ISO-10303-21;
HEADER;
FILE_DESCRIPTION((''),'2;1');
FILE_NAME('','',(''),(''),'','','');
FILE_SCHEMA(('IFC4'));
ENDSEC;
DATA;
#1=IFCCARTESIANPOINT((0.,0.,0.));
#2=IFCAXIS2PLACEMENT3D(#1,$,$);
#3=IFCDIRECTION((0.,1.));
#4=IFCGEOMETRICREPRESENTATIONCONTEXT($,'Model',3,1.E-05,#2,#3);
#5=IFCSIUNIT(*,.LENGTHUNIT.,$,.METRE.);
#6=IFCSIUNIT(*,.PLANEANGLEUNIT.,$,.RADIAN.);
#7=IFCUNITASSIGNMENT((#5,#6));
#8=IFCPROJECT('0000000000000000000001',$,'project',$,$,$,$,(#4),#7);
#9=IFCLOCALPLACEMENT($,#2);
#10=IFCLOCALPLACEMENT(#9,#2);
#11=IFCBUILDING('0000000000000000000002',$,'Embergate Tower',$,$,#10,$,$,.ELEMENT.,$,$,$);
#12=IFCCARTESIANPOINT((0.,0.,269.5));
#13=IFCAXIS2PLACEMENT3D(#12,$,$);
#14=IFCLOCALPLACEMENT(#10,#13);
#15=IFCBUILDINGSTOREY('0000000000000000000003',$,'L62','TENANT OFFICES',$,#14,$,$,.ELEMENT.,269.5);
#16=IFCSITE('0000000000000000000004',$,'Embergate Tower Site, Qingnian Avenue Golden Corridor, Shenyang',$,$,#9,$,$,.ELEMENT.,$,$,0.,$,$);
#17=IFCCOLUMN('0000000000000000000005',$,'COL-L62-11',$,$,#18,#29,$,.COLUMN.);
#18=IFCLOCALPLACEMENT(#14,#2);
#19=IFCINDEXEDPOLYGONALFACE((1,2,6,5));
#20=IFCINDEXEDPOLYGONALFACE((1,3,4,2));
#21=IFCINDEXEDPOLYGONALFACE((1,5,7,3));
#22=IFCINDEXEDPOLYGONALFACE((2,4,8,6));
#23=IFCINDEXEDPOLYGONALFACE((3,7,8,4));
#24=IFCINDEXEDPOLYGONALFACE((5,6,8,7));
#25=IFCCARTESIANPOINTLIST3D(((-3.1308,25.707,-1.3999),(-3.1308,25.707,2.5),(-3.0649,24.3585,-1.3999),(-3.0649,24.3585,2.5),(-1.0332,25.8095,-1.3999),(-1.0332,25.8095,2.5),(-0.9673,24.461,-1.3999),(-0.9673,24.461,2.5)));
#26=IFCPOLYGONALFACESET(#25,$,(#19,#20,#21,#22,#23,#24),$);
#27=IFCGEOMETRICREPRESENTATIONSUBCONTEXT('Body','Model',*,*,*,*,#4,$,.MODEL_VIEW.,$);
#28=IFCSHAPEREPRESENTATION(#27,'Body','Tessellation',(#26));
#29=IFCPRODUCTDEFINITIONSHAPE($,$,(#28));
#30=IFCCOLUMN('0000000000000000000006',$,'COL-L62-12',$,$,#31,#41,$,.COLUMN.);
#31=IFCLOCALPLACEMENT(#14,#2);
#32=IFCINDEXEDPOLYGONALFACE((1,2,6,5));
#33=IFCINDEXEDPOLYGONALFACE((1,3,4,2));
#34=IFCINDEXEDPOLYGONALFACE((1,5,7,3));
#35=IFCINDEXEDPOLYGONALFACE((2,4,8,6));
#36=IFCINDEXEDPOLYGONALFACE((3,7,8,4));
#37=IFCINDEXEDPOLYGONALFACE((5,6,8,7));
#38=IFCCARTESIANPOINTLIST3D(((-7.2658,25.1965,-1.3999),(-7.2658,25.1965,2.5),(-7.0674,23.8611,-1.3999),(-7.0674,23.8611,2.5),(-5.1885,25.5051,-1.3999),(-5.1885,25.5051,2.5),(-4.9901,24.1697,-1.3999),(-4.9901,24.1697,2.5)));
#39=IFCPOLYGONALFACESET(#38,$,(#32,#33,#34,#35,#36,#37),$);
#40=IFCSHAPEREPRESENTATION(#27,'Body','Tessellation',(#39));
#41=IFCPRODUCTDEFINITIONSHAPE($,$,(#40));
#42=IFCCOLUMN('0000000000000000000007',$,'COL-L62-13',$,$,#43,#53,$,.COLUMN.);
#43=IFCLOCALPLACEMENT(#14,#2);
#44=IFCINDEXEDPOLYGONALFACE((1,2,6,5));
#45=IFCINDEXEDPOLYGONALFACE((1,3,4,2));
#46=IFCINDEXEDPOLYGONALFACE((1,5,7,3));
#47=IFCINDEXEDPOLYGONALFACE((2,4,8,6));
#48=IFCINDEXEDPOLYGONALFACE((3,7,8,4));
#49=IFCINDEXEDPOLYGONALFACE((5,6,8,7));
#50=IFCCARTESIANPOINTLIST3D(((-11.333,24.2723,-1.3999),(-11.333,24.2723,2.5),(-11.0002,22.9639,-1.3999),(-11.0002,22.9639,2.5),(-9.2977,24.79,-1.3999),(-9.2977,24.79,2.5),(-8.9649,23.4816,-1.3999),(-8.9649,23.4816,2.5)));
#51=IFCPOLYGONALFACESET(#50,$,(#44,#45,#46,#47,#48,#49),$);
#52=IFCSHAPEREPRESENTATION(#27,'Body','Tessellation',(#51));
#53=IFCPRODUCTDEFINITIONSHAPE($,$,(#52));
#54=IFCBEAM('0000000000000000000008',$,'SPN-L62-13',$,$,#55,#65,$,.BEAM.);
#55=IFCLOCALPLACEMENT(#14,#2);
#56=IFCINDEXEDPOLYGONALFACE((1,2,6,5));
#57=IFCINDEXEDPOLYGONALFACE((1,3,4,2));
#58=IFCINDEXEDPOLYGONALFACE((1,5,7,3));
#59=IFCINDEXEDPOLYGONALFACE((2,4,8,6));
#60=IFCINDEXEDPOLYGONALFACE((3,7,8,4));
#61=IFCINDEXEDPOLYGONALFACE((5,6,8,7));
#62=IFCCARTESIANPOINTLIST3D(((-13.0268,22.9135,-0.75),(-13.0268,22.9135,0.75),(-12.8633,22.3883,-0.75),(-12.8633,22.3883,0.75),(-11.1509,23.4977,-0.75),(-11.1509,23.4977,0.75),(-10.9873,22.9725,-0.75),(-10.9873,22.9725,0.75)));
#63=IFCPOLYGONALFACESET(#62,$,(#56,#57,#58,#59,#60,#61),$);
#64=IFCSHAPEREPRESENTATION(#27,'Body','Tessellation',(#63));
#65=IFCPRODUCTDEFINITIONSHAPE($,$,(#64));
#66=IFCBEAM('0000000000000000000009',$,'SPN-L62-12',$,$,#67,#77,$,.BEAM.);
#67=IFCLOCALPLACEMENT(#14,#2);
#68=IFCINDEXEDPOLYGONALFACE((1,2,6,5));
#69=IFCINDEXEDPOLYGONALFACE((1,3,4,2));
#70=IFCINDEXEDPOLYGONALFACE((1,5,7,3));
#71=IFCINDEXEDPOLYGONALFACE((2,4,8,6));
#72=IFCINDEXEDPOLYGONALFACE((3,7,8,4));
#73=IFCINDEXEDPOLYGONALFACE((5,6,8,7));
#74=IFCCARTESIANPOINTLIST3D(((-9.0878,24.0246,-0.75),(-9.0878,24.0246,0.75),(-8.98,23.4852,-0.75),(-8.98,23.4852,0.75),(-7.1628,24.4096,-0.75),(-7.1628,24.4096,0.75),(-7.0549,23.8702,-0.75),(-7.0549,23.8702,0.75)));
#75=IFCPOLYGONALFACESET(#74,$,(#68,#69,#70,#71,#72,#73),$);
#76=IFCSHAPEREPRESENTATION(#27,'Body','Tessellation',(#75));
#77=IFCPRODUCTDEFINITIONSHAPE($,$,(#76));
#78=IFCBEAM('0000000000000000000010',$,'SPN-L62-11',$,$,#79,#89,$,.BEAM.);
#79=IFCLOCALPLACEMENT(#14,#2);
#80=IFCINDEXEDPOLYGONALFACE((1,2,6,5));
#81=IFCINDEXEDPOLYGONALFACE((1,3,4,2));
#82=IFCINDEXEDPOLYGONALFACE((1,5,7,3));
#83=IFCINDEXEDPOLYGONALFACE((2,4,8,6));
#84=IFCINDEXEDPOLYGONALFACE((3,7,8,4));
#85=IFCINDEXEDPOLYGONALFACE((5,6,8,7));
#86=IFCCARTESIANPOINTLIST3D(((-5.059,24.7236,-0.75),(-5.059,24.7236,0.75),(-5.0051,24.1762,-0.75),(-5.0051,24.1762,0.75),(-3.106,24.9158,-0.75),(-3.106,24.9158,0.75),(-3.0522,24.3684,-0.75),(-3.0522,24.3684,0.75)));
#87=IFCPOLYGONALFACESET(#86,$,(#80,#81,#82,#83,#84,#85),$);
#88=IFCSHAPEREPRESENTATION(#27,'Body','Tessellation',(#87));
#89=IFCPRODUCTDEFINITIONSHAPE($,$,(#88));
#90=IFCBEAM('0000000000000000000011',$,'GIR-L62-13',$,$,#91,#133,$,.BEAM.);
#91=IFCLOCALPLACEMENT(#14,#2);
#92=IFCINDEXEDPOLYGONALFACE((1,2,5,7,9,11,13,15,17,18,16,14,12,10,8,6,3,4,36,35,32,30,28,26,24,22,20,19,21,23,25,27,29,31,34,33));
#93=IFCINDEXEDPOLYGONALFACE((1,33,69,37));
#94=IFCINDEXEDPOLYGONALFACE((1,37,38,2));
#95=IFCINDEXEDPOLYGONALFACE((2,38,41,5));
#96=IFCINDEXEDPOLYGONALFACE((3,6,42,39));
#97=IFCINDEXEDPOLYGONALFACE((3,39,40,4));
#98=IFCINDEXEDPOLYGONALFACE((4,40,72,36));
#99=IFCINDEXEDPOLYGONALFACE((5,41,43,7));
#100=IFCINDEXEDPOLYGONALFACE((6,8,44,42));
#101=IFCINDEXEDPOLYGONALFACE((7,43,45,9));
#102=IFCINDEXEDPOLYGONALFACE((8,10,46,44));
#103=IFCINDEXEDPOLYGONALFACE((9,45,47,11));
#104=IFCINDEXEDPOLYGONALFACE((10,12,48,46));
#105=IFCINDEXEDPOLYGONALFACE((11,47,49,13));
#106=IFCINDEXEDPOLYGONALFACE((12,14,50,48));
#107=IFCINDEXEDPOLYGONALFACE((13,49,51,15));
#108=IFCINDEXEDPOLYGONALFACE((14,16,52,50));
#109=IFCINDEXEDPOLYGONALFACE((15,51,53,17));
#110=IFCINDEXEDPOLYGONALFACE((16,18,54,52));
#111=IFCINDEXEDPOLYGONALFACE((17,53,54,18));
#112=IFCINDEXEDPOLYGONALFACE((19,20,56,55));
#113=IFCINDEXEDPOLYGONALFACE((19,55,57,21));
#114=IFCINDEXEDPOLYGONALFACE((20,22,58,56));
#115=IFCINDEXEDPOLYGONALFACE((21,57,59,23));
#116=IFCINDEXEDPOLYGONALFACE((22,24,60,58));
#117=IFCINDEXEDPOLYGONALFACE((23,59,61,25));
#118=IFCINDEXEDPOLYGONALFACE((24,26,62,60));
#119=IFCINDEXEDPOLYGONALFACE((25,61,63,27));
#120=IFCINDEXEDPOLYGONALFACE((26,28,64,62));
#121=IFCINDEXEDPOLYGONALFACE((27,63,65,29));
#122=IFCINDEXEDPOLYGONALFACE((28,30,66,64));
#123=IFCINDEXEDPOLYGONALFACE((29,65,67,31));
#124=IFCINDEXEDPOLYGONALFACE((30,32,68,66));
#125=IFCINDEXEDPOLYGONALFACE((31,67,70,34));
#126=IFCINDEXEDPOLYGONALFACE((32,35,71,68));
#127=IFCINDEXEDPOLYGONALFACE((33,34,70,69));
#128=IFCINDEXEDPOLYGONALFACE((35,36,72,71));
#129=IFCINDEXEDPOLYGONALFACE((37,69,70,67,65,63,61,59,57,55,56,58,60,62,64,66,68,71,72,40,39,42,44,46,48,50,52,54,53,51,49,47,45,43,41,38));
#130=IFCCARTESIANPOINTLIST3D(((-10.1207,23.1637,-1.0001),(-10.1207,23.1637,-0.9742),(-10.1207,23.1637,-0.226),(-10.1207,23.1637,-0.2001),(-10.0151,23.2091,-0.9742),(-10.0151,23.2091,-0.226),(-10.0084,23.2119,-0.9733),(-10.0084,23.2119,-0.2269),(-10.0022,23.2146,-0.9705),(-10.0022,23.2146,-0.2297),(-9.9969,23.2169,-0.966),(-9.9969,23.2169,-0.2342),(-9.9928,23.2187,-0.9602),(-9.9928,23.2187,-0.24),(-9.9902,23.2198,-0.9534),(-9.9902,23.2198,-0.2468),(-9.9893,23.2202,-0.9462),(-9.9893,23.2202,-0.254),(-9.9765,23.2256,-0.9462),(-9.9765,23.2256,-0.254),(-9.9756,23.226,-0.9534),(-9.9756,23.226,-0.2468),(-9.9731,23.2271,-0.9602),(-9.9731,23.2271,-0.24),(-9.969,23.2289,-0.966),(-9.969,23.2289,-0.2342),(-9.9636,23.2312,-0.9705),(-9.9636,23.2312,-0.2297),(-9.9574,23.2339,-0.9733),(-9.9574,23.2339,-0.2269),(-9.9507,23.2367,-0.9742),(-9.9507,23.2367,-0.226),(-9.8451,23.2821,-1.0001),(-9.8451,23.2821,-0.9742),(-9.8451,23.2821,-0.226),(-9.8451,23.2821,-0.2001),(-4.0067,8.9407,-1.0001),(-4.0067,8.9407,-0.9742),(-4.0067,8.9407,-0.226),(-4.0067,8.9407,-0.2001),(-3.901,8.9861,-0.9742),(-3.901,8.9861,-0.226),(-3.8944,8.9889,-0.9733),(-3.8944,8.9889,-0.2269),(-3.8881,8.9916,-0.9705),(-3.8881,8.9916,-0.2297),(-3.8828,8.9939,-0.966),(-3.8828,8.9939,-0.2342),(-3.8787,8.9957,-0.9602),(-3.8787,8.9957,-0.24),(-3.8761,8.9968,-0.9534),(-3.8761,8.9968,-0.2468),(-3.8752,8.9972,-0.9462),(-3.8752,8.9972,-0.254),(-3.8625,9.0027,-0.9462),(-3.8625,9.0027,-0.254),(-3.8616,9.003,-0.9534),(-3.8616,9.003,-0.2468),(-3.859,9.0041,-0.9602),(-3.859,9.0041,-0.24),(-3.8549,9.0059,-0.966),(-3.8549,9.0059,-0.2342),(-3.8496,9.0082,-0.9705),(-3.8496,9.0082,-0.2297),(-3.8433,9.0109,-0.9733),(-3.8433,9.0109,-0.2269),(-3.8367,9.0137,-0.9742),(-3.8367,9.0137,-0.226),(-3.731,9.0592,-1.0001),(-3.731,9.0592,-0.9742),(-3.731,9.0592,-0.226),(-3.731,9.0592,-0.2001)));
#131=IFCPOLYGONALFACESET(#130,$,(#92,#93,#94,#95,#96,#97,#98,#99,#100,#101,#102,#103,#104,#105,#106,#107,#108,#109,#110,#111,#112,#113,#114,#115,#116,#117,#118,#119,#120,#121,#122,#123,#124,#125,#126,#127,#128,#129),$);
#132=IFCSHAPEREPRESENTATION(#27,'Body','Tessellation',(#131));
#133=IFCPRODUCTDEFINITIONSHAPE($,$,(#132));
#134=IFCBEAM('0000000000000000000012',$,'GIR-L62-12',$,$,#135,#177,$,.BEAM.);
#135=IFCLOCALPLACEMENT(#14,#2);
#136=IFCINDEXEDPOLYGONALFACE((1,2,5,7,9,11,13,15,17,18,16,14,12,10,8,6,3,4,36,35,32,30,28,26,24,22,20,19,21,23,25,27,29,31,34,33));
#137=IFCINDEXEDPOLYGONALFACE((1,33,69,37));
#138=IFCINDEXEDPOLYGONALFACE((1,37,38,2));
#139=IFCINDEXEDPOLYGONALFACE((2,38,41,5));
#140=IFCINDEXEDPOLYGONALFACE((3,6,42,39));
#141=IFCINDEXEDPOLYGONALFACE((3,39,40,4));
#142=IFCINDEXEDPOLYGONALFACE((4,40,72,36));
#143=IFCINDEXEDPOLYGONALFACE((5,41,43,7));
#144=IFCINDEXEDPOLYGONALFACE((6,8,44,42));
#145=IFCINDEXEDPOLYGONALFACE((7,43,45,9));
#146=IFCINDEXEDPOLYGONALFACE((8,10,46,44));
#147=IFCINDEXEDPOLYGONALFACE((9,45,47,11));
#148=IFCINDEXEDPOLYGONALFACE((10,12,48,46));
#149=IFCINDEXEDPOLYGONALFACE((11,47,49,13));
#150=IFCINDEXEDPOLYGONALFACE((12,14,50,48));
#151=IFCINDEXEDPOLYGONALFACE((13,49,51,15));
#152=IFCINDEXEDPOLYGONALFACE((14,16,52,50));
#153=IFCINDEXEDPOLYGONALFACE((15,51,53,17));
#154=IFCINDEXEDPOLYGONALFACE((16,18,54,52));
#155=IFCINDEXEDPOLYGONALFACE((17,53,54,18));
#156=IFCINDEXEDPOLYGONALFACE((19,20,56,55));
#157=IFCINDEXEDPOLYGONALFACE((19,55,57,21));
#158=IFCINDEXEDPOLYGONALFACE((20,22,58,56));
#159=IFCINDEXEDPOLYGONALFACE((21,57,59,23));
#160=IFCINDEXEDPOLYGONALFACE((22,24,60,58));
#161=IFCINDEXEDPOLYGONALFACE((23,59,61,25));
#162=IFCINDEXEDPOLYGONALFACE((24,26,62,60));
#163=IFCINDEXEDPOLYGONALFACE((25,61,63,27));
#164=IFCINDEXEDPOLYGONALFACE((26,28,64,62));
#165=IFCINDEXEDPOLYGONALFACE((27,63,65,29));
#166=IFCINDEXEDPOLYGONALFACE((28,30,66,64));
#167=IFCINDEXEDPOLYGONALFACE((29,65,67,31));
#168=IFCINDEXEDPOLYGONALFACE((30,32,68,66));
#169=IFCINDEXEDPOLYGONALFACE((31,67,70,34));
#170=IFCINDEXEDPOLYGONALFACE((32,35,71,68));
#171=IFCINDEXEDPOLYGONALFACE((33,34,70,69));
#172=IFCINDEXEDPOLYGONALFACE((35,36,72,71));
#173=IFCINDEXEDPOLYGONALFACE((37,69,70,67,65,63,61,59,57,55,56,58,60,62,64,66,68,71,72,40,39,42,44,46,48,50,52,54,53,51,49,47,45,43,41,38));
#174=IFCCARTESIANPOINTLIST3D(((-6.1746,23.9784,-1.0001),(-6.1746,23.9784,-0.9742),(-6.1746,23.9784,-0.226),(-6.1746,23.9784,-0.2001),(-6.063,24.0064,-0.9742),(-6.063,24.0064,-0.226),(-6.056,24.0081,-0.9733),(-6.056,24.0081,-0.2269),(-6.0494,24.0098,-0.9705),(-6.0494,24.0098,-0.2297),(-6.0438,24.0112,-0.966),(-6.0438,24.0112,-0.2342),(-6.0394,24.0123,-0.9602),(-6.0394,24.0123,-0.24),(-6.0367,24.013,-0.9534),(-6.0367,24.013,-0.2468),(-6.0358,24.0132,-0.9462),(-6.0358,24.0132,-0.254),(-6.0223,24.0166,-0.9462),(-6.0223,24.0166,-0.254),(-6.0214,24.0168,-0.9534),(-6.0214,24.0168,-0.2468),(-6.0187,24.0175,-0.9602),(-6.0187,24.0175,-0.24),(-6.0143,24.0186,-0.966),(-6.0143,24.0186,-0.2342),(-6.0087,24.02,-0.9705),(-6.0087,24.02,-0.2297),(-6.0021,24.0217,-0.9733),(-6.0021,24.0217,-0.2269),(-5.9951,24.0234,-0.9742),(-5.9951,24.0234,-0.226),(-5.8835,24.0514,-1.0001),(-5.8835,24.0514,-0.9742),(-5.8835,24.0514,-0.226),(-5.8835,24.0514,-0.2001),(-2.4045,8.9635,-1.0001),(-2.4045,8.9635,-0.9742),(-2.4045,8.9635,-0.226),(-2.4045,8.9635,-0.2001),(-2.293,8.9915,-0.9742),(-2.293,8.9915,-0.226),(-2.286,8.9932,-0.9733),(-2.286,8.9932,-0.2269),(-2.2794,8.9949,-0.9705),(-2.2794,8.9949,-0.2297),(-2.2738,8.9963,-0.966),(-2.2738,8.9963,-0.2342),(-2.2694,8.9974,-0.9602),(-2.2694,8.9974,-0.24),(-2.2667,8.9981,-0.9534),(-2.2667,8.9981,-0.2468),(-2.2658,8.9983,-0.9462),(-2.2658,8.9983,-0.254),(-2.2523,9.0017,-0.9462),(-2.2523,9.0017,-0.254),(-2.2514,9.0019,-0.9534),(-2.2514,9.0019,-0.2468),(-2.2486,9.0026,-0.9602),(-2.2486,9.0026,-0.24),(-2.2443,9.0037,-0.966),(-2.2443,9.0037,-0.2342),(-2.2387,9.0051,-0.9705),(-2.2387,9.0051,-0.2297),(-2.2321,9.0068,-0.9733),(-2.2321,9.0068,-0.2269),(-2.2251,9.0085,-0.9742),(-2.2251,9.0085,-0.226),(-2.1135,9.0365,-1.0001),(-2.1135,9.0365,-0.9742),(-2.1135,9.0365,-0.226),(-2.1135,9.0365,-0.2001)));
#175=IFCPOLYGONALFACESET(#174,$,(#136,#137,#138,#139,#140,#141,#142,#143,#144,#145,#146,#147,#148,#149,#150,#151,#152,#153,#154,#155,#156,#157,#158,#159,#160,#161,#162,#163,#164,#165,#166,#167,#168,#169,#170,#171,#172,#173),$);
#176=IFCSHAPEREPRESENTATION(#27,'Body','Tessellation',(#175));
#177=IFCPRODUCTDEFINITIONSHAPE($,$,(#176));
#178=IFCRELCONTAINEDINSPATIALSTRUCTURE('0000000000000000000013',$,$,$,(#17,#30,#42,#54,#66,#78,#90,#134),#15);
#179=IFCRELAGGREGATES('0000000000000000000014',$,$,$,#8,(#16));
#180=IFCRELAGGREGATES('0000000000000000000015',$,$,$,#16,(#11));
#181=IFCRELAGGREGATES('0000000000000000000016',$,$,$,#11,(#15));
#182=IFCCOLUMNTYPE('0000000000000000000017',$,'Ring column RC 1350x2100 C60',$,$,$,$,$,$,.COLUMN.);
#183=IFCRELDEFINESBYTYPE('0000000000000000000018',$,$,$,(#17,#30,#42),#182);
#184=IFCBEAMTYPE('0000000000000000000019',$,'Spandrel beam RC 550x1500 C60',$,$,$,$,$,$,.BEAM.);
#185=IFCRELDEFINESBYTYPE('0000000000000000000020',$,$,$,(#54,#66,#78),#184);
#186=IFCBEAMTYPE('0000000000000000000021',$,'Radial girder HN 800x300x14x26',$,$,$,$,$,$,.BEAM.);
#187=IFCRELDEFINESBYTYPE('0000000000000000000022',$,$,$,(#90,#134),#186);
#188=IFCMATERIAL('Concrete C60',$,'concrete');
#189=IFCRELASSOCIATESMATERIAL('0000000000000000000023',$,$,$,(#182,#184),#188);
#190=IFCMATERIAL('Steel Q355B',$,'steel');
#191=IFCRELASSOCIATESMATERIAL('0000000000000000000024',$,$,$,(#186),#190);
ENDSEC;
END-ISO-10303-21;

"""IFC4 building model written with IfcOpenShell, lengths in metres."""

from ifc_helpers import new_model, si_unit, direction, frame, origin, origin_2d, place, context, subcontext, project, spatial, rectangle, i_section, extrude, source, transform, mapped, material, material_profile, profile_set, type_object, element, save


model = new_model("IFC4")

# Units and contexts
model_context = context("Model", 3, precision=1e-05, world=origin(), true_north=direction((0.0, 1.0)))
body_context = subcontext(model_context, "Body", "Model", "MODEL_VIEW")
ifc_project = project(units=[si_unit("LENGTHUNIT", "METRE"), si_unit("PLANEANGLEUNIT", "RADIAN")], contexts=[model_context])

# Site, building, storey
site_placement = place(None, origin())
site = spatial("IfcSite", under=ifc_project, at=site_placement, Name="Embergate Tower Site, Qingnian Avenue Golden Corridor, Shenyang", CompositionType="ELEMENT", RefElevation=0.0)
building_placement = place(site_placement, origin())
building = spatial("IfcBuilding", under=site, at=building_placement, Name="Embergate Tower", CompositionType="ELEMENT")
storey_placement = place(building_placement, frame((0.0, 0.0, 269.5)))
storey = spatial("IfcBuildingStorey", under=building, at=storey_placement, Name="L62", Description="TENANT OFFICES", CompositionType="ELEMENT", Elevation=269.5)

# Columns
ifc_material_1 = material(Name="Concrete C60", Category="concrete")
ifc_material_profile_1 = material_profile(ifc_material_1, rectangle(XDim=1.3501, YDim=2.1001, at=origin_2d()), Name="RC 1350x2100")
ifc_profile_set_1 = profile_set([ifc_material_profile_1], Name="Concrete C60")
column_type = type_object("IfcColumnType", Name="Ring column RC 1350x2100 C60", PredefinedType="COLUMN", material=ifc_profile_set_1)
shared_shape_1 = source(origin(), body_context, "Body", "SweptSolid", [
    extrude(rectangle(XDim=1.3501, YDim=2.1001, at=origin_2d()), origin(), (0.0, 0.0, 1.0), 3.8999),
])
for number, where, z_axis, x_axis, name in (
    (1, (-2.0491, 25.084, -1.3999), (0.0, 0.0, 1.0), (-0.048815, 0.998808, 0.0), "COL-L62-11"),
    (2, (-6.1279, 24.6831, -1.3999), (0.0, 0.0, 1.0), (-0.146929, 0.989147, 0.0), "COL-L62-12"),
    (3, (-10.1489, 23.877, -1.3999), (0.0, 0.0, 1.0), (-0.246492, 0.969145, 0.0), "COL-L62-13"),
):
    element("IfcColumn", number, at=place(storey_placement, frame(where, z_axis=z_axis, x_axis=x_axis)), inside=storey, type_object=column_type, Name=name, PredefinedType="COLUMN", context=body_context, shape_type="MappedRepresentation", body=[
        mapped(shared_shape_1, transform((0.0, 0.0, 0.0))),
    ])

# Beams
ifc_material_profile_2 = material_profile(ifc_material_1, rectangle(XDim=0.55, YDim=1.5, at=origin_2d()), Name="RC 550x1500")
ifc_profile_set_2 = profile_set([ifc_material_profile_2], Name="Concrete C60")
beam_type_1 = type_object("IfcBeamType", Name="Spandrel beam RC 550x1500 C60", PredefinedType="BEAM", material=ifc_profile_set_2)
shared_shape_2 = source(origin(), body_context, "Body", "SweptSolid", [
    extrude(rectangle(XDim=0.55, YDim=1.5, at=origin_2d()), origin(), (0.0, 0.0, 1.0), 1.9648),
])
beam_1_placement = place(storey_placement, frame((-11.0691, 23.2351, 0.0), z_axis=(-0.954771, -0.297341, 0.0), x_axis=(0.297341, -0.954771, 0.0)))
element("IfcBeam", 4, at=beam_1_placement, inside=storey, type_object=beam_type_1, Name="SPN-L62-13", PredefinedType="BEAM", context=body_context, shape_type="MappedRepresentation", body=[
    mapped(shared_shape_2, transform((0.0, 0.0, 0.0))),
])
shared_shape_3 = source(origin(), body_context, "Body", "SweptSolid", [
    extrude(rectangle(XDim=0.55, YDim=1.5, at=origin_2d()), origin(), (0.0, 0.0, 1.0), 1.9631),
])
beam_2_placement = place(storey_placement, frame((-7.1089, 24.1399, 0.0), z_axis=(-0.980581, -0.196116, 0.0), x_axis=(0.196116, -0.980581, 0.0)))
element("IfcBeam", 5, at=beam_2_placement, inside=storey, type_object=beam_type_1, Name="SPN-L62-12", PredefinedType="BEAM", context=body_context, shape_type="MappedRepresentation", body=[
    mapped(shared_shape_3, transform((0.0, 0.0, 0.0))),
])
shared_shape_4 = source(origin(), body_context, "Body", "SweptSolid", [
    extrude(rectangle(XDim=0.55, YDim=1.5, at=origin_2d()), origin(), (0.0, 0.0, 1.0), 1.9624),
])
beam_3_placement = place(storey_placement, frame((-3.0791, 24.6421, 0.0), z_axis=(-0.995195, -0.097915, 0.0), x_axis=(0.097915, -0.995195, 0.0)))
element("IfcBeam", 6, at=beam_3_placement, inside=storey, type_object=beam_type_1, Name="SPN-L62-11", PredefinedType="BEAM", context=body_context, shape_type="MappedRepresentation", body=[
    mapped(shared_shape_4, transform((0.0, 0.0, 0.0))),
])
ifc_material_2 = material(Name="Steel Q355B", Category="steel")
ifc_material_profile_3 = material_profile(ifc_material_2, i_section(OverallWidth=0.3, OverallDepth=0.8, WebThickness=0.0139, FlangeThickness=0.0259, FilletRadius=0.0281, at=origin_2d()), Name="HN 800x300x14x26")
ifc_profile_set_3 = profile_set([ifc_material_profile_3], Name="Steel Q355 grade B")
beam_type_2 = type_object("IfcBeamType", Name="Radial girder HN 800x300x14x26", PredefinedType="BEAM", material=ifc_profile_set_3)
shared_shape_5 = source(origin(), body_context, "Body", "SweptSolid", [
    extrude(i_section(OverallWidth=0.3, OverallDepth=0.8, WebThickness=0.0139, FlangeThickness=0.0259, FilletRadius=0.0281, at=origin_2d()), origin(), (0.0, 0.0, 1.0), 15.4814),
])
beam_4_placement = place(storey_placement, frame((-9.9829, 23.2229, -0.6001), z_axis=(0.394928, -0.918712, 0.0), x_axis=(0.918712, 0.394928, 0.0)))
element("IfcBeam", 7, at=beam_4_placement, inside=storey, type_object=beam_type_2, Name="GIR-L62-13", PredefinedType="BEAM", context=body_context, shape_type="MappedRepresentation", body=[
    mapped(shared_shape_5, transform((0.0, 0.0, 0.0))),
])
shared_shape_6 = source(origin(), body_context, "Body", "SweptSolid", [
    extrude(i_section(OverallWidth=0.3, OverallDepth=0.8, WebThickness=0.0139, FlangeThickness=0.0259, FilletRadius=0.0281, at=origin_2d()), origin(), (0.0, 0.0, 1.0), 15.481),
])
beam_5_placement = place(storey_placement, frame((-6.0291, 24.0149, -0.6001), z_axis=(0.243526, -0.969894, 0.0), x_axis=(0.969894, 0.243526, 0.0)))
element("IfcBeam", 8, at=beam_5_placement, inside=storey, type_object=beam_type_2, Name="GIR-L62-12", PredefinedType="BEAM", context=body_context, shape_type="MappedRepresentation", body=[
    mapped(shared_shape_6, transform((0.0, 0.0, 0.0))),
])

save(model, "model.ifc")
